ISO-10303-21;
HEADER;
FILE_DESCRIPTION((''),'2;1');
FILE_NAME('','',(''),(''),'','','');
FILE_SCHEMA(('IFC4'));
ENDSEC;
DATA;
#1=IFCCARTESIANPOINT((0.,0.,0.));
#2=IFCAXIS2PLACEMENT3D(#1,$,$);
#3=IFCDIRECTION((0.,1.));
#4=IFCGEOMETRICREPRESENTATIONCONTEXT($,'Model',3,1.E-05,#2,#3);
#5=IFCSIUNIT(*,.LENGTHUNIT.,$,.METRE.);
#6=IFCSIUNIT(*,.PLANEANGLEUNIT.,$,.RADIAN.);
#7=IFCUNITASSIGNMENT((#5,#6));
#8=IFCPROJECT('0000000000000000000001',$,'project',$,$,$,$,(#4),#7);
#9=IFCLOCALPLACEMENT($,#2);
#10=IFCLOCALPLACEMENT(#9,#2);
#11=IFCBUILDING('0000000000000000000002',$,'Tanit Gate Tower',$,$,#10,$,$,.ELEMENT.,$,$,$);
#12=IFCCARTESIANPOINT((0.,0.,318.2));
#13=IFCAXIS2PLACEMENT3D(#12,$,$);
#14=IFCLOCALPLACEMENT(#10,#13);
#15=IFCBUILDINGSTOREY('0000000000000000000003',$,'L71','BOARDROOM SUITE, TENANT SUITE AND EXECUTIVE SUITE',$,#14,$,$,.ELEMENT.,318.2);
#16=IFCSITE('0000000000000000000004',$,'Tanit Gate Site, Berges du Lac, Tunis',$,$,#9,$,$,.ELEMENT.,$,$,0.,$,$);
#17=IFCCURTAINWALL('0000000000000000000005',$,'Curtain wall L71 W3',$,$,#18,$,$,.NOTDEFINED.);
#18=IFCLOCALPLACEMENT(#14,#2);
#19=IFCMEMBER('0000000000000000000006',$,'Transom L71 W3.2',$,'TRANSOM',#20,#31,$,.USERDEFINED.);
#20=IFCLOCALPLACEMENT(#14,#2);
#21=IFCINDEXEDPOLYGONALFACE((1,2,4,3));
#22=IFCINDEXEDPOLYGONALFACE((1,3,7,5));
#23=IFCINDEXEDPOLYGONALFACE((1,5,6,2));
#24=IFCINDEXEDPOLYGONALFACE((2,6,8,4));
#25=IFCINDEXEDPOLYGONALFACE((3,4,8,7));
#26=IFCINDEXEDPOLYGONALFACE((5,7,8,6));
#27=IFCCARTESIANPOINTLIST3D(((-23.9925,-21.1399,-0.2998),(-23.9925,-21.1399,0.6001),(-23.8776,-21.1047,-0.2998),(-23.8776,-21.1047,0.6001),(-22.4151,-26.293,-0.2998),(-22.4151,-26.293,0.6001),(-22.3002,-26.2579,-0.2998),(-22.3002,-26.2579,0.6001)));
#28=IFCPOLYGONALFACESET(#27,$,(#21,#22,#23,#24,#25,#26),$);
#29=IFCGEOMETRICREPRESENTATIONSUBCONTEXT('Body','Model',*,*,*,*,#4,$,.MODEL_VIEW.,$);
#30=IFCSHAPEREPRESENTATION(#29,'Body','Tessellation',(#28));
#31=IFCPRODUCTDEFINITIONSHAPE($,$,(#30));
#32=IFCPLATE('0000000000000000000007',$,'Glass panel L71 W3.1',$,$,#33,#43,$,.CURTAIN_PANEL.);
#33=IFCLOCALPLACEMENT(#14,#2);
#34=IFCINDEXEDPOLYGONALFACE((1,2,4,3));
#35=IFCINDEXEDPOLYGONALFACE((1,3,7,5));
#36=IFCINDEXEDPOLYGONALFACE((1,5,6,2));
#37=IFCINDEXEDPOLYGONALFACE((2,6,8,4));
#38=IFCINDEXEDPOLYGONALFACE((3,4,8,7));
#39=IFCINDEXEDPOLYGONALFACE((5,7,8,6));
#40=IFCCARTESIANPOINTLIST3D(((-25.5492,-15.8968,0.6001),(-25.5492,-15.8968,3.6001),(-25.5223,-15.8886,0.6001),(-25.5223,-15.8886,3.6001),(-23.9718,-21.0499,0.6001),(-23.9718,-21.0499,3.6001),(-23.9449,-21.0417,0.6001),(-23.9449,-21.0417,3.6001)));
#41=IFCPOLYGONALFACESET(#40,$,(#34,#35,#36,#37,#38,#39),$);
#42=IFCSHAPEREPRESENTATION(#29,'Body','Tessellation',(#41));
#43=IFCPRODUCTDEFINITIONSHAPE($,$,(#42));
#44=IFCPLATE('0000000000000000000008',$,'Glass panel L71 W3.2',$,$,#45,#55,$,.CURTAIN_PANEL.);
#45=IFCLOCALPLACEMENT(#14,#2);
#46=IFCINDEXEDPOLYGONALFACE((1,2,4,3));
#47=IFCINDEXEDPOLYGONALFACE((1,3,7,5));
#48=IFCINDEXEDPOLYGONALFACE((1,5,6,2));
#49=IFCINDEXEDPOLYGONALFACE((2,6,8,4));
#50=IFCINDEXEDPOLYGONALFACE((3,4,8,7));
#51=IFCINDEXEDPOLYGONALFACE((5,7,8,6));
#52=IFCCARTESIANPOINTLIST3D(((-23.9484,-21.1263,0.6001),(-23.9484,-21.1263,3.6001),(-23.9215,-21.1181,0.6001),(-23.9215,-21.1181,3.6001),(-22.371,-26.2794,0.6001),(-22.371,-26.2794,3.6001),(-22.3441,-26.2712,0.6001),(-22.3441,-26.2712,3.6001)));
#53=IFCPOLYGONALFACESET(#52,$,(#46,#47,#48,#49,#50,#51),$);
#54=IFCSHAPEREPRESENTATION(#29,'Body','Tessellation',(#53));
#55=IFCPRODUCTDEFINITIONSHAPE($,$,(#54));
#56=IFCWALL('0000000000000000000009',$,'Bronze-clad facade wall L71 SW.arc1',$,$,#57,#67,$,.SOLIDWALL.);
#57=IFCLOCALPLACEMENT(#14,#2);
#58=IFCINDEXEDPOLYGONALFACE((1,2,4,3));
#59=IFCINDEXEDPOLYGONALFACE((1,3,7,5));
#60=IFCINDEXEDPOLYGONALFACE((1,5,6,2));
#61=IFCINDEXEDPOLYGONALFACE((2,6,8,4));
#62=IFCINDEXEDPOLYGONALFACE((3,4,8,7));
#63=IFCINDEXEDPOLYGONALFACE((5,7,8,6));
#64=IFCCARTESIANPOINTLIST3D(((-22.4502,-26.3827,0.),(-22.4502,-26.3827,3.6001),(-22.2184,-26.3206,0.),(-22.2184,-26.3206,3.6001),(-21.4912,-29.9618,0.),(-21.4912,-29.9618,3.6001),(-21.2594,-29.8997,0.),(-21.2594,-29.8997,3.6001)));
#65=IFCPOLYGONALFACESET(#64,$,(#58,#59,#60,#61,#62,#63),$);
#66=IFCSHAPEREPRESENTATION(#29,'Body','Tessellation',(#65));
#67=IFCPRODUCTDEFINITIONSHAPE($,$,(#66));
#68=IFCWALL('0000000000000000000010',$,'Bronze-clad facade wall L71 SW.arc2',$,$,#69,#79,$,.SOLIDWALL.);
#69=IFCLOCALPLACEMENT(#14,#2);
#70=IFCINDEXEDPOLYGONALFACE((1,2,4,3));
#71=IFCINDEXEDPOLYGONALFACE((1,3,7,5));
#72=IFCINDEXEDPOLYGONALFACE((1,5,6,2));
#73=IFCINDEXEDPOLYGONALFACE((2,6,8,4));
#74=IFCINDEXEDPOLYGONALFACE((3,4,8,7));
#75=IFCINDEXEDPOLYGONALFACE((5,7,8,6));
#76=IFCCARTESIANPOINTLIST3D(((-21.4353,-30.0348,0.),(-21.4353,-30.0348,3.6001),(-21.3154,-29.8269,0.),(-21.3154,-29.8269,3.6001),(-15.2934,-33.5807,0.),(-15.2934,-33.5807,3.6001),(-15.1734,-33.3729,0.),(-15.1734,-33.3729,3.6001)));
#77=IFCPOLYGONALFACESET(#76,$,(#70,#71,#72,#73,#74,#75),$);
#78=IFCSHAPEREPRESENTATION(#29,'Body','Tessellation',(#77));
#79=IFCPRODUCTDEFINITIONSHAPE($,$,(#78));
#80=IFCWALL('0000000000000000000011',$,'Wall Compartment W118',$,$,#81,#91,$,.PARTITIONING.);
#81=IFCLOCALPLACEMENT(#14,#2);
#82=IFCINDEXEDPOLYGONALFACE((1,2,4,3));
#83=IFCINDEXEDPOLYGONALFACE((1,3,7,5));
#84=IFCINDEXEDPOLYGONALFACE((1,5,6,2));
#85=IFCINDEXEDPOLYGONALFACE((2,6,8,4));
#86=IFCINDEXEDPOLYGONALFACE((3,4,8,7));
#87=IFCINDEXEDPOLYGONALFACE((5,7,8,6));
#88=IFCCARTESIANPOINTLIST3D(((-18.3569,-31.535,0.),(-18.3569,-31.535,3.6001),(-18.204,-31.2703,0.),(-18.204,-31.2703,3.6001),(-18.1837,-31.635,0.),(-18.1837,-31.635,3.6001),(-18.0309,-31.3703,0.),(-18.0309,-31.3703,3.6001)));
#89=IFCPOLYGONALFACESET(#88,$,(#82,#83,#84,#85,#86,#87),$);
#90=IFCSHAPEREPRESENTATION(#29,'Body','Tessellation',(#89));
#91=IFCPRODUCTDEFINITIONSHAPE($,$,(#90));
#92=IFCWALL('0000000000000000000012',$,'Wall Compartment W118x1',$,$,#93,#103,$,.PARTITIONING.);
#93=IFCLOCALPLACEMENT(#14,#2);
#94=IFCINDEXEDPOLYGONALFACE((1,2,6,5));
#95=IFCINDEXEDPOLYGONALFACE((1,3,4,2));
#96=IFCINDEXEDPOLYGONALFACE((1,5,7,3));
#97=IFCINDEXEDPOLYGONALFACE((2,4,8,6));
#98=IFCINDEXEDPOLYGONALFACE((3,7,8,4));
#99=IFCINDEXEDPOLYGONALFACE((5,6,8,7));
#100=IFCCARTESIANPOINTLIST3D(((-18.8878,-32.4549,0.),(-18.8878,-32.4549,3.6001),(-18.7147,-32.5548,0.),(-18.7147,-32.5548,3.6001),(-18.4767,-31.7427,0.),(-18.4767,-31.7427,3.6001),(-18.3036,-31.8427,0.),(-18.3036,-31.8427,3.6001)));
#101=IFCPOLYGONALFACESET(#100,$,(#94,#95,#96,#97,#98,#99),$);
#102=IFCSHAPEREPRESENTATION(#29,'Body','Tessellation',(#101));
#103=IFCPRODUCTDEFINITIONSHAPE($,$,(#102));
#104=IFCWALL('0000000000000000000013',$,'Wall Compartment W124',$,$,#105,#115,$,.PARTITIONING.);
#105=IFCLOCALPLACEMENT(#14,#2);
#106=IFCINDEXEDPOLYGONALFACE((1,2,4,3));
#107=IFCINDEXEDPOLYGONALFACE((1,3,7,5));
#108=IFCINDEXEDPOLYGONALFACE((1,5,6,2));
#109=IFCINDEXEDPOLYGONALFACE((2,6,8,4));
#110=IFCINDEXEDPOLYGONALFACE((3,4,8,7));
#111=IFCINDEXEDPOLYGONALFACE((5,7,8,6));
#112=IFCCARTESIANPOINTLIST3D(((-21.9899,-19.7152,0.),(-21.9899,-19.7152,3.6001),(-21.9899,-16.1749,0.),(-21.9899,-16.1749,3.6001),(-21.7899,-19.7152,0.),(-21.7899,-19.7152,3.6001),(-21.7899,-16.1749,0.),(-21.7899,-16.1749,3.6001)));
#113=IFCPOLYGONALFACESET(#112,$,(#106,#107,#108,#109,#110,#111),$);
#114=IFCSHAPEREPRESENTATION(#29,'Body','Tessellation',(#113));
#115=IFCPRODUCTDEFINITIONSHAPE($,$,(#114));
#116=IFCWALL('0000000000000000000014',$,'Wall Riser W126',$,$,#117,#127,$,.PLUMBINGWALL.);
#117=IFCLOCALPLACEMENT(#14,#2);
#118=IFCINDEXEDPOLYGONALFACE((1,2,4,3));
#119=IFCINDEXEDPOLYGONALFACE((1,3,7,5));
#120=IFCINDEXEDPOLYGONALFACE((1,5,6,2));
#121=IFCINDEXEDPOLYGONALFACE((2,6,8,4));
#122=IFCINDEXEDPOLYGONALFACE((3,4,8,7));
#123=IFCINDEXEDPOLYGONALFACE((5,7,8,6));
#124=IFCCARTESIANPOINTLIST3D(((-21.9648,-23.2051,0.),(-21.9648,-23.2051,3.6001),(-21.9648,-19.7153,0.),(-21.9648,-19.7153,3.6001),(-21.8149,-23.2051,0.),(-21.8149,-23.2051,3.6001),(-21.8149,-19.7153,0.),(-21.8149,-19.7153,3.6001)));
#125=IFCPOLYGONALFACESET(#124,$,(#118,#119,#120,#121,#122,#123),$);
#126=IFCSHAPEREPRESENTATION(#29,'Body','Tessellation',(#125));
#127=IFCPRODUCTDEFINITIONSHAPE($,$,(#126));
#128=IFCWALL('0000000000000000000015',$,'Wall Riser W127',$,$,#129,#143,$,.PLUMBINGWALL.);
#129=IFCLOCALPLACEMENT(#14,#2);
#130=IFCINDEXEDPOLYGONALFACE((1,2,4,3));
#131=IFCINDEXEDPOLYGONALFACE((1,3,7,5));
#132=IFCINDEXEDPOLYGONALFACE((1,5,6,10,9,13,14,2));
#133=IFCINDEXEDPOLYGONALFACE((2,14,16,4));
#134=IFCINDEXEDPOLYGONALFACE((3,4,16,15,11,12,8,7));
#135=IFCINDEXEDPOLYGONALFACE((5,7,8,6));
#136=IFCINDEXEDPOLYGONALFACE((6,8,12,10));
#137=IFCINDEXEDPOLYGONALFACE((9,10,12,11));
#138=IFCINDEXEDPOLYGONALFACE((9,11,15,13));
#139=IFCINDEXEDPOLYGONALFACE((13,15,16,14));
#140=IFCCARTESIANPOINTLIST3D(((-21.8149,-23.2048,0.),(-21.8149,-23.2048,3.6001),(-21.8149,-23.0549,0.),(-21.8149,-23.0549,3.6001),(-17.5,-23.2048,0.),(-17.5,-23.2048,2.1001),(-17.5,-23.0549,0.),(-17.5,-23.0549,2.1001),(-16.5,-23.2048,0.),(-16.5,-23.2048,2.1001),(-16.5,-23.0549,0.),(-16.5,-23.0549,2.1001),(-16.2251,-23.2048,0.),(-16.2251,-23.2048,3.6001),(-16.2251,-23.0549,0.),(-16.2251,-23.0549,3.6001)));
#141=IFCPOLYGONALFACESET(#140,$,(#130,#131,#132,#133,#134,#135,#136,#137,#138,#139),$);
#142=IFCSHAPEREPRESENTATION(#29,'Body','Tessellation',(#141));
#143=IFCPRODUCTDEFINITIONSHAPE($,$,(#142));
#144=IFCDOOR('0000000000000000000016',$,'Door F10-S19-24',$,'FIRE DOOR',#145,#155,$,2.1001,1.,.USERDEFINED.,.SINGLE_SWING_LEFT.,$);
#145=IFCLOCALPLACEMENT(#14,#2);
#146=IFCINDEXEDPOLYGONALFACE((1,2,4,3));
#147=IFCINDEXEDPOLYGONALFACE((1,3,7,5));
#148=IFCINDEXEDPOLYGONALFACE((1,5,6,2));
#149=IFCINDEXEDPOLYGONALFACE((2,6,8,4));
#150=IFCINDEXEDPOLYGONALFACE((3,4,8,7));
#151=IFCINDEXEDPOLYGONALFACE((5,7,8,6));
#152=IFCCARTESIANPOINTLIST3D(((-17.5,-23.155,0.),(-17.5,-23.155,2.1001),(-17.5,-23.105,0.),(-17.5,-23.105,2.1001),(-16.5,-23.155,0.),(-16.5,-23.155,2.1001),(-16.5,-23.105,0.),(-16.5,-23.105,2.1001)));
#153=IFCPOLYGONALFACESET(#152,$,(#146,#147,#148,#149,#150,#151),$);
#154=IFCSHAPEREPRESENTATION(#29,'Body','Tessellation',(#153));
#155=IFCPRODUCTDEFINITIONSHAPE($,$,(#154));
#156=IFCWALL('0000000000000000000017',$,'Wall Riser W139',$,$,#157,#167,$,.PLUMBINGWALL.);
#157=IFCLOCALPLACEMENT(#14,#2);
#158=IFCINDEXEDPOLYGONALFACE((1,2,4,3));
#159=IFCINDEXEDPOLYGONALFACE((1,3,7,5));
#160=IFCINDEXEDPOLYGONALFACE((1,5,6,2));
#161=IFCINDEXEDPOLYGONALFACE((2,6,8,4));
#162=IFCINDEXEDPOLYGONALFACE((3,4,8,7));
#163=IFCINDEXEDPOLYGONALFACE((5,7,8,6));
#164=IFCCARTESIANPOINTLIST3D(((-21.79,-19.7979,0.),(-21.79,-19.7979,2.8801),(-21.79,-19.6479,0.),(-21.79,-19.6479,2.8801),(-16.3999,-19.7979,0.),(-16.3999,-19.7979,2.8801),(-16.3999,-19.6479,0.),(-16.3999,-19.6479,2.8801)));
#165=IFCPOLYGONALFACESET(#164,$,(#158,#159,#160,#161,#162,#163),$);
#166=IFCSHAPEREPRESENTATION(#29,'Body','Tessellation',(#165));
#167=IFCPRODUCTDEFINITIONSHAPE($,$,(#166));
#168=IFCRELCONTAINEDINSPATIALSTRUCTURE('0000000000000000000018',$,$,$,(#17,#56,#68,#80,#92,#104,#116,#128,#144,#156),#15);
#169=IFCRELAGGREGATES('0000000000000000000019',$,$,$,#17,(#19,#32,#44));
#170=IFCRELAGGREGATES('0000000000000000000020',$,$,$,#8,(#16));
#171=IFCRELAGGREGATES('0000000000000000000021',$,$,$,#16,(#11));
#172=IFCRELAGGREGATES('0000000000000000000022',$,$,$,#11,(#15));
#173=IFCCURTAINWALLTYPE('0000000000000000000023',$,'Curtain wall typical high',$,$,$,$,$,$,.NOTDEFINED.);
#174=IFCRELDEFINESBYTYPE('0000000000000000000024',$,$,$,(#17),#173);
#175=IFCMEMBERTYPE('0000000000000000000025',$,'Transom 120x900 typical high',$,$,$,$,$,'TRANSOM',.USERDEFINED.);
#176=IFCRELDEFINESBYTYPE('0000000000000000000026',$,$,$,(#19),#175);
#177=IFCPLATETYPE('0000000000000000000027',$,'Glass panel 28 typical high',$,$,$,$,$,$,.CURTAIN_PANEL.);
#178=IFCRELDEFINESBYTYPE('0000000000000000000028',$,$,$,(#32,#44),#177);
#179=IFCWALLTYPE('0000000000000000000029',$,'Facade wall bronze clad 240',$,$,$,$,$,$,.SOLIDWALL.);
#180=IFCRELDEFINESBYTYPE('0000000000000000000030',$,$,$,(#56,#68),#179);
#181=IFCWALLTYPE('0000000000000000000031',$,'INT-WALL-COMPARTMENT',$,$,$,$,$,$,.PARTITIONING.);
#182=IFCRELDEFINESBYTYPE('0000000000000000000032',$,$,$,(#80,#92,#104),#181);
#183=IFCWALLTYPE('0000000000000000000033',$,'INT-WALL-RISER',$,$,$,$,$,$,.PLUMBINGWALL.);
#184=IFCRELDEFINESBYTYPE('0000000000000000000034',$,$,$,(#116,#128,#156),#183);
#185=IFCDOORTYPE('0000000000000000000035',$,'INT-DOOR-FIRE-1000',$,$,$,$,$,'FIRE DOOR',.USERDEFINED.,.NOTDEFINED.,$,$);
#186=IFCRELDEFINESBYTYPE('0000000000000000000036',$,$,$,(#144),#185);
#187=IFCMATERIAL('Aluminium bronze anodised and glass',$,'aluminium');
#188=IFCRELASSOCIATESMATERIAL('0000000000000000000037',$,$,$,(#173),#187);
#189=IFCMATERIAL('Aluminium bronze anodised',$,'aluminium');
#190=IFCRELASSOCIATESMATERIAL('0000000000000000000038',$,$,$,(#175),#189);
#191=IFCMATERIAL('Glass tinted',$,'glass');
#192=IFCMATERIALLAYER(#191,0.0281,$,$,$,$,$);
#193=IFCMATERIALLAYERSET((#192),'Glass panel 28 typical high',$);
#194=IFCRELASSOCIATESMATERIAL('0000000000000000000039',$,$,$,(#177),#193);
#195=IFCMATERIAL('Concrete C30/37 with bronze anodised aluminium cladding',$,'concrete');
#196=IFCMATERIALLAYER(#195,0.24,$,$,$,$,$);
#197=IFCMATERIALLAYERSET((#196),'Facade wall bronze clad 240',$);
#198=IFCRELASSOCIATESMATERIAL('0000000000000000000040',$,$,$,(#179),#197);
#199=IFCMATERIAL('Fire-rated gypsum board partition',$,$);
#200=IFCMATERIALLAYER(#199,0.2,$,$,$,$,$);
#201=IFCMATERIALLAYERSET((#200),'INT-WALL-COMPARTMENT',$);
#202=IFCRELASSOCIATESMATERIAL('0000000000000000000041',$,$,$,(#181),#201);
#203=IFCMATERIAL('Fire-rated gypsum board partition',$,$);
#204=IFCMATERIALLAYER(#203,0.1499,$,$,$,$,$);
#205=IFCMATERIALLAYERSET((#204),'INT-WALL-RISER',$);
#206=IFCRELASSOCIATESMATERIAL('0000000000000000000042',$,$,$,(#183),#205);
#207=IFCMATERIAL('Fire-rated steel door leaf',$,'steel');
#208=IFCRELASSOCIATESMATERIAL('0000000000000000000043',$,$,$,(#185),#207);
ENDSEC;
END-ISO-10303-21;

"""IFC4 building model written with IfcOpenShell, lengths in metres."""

from ifc_helpers import new_model, si_unit, direction, frame, frame_2d, origin, origin_2d, place, context, subcontext, project, spatial, rectangle, extrude, material, layer, layer_set, material_profile, profile_set, type_object, element, fill, aggregate, save


model = new_model("IFC4")

# Units and contexts
model_context = context("Model", 3, precision=1e-05, world=origin(), true_north=direction((0.0, 1.0)))
body_context = subcontext(model_context, "Body", "Model", "MODEL_VIEW")
ifc_project = project(units=[si_unit("LENGTHUNIT", "METRE"), si_unit("PLANEANGLEUNIT", "RADIAN")], contexts=[model_context])

# Site, building, storey
site_placement = place(None, origin())
site = spatial("IfcSite", under=ifc_project, at=site_placement, Name="Tanit Gate Site, Berges du Lac, Tunis", CompositionType="ELEMENT", RefElevation=0.0)
building_placement = place(site_placement, origin())
building = spatial("IfcBuilding", under=site, at=building_placement, Name="Tanit Gate Tower", CompositionType="ELEMENT")
storey_placement = place(building_placement, frame((0.0, 0.0, 318.2)))
storey = spatial("IfcBuildingStorey", under=building, at=storey_placement, Name="L71", Description="BOARDROOM SUITE, TENANT SUITE AND EXECUTIVE SUITE", CompositionType="ELEMENT", Elevation=318.2)

# Curtain wall
ifc_material_1 = material(Name="Aluminium bronze anodised and glass", Category="aluminium")
curtain_wall_type = type_object("IfcCurtainWallType", Name="Curtain wall typical high", PredefinedType="NOTDEFINED", material=ifc_material_1)
curtain_wall_placement = place(storey_placement, origin())
curtain_wall = element("IfcCurtainWall", 1, at=curtain_wall_placement, inside=storey, type_object=curtain_wall_type, Name="Curtain wall L71 W3", PredefinedType="NOTDEFINED")

# Member
ifc_material_2 = material(Name="Aluminium bronze anodised", Category="aluminium")
ifc_material_profile_1 = material_profile(ifc_material_2, rectangle(XDim=0.1201, YDim=0.8999, at=origin_2d()), Name="120x900 bronze transom")
ifc_profile_set_1 = profile_set([ifc_material_profile_1], Name="Aluminium bronze anodised")
member_type_1 = type_object("IfcMemberType", Name="Transom 120x900 typical high", ElementType="TRANSOM", PredefinedType="USERDEFINED", material=ifc_profile_set_1)
member_1_placement = place(storey_placement, frame((-23.9351, -21.1223, 0.1501), z_axis=(0.292701, -0.956204, 0.0), x_axis=(0.956204, 0.292701, 0.0)))
member_1 = element("IfcMember", 2, at=member_1_placement, type_object=member_type_1, Name="Transom L71 W3.2", ObjectType="TRANSOM", PredefinedType="USERDEFINED", context=body_context, shape_type="SweptSolid", body=[
    extrude(rectangle(XDim=0.1201, YDim=0.8999, at=origin_2d()), origin(), (0.0, 0.0, 1.0), 5.3892),
])

# Plates
ifc_material_3 = material(Name="Glass tinted", Category="glass")
ifc_layer_1 = layer(ifc_material_3, 0.0281)
ifc_layer_set_1 = layer_set([ifc_layer_1], Name="Glass panel 28 typical high")
plate_type = type_object("IfcPlateType", Name="Glass panel 28 typical high", PredefinedType="CURTAIN_PANEL", material=ifc_layer_set_1)
plate_1_placement = place(storey_placement, frame((-24.7471, -18.4692, 0.6001), z_axis=(0.0, 0.0, 1.0), x_axis=(0.292699, -0.956205, 0.0)))
plate_1 = element("IfcPlate", 3, at=plate_1_placement, type_object=plate_type, Name="Glass panel L71 W3.1", PredefinedType="CURTAIN_PANEL", context=body_context, shape_type="SweptSolid", body=[
    extrude(rectangle(XDim=5.3892, YDim=0.0281, at=origin_2d()), origin(), (0.0, 0.0, 1.0), 3.0),
])
plate_2_placement = place(storey_placement, frame((-23.1462, -23.6987, 0.6001), z_axis=(0.0, 0.0, 1.0), x_axis=(0.292699, -0.956205, 0.0)))
plate_2 = element("IfcPlate", 4, at=plate_2_placement, type_object=plate_type, Name="Glass panel L71 W3.2", PredefinedType="CURTAIN_PANEL", context=body_context, shape_type="SweptSolid", body=[
    extrude(rectangle(XDim=5.3892, YDim=0.0281, at=origin_2d()), origin(), (0.0, 0.0, 1.0), 3.0),
])
aggregate(curtain_wall, [member_1, plate_1, plate_2])

# Walls
ifc_material_4 = material(Name="Concrete C30/37 with bronze anodised aluminium cladding", Category="concrete")
ifc_layer_2 = layer(ifc_material_4, 0.24)
ifc_layer_set_2 = layer_set([ifc_layer_2], Name="Facade wall bronze clad 240")
wall_type_1 = type_object("IfcWallType", Name="Facade wall bronze clad 240", PredefinedType="SOLIDWALL", material=ifc_layer_set_2)
wall_1_placement = place(storey_placement, frame((-22.3342, -26.3518, 0.0), z_axis=(0.0, 0.0, 1.0), x_axis=(0.258811, -0.965928, 0.0)))
element("IfcWall", 5, at=wall_1_placement, inside=storey, type_object=wall_type_1, Name="Bronze-clad facade wall L71 SW.arc1", PredefinedType="SOLIDWALL", context=body_context, shape_type="SweptSolid", body=[
    extrude(rectangle(XDim=3.7053, YDim=0.24, at=frame_2d((1.8525, 0.0))), origin(), (0.0, 0.0, 1.0), 3.6001),
])
wall_2_placement = place(storey_placement, frame((-21.3752, -29.9309, 0.0), z_axis=(0.0, 0.0, 1.0), x_axis=(0.866031, -0.49999, 0.0)))
element("IfcWall", 6, at=wall_2_placement, inside=storey, type_object=wall_type_1, Name="Bronze-clad facade wall L71 SW.arc2", PredefinedType="SOLIDWALL", context=body_context, shape_type="SweptSolid", body=[
    extrude(rectangle(XDim=7.092, YDim=0.24, at=frame_2d((3.5459, 0.0))), origin(), (0.0, 0.0, 1.0), 3.6001),
])
ifc_material_5 = material(Name="Fire-rated gypsum board partition")
ifc_layer_3 = layer(ifc_material_5, 0.2)
ifc_layer_set_3 = layer_set([ifc_layer_3], Name="INT-WALL-COMPARTMENT")
wall_type_2 = type_object("IfcWallType", Name="INT-WALL-COMPARTMENT", PredefinedType="PARTITIONING", material=ifc_layer_set_3)
wall_3_placement = place(storey_placement, frame((-18.1174, -31.3203, 0.0), z_axis=(0.0, 0.0, 1.0), x_axis=(-0.500091, -0.865973, 0.0)))
element("IfcWall", 7, at=wall_3_placement, inside=storey, type_object=wall_type_2, Name="Wall Compartment W118", PredefinedType="PARTITIONING", context=body_context, shape_type="SweptSolid", body=[
    extrude(rectangle(XDim=0.3057, YDim=0.2, at=frame_2d((0.1528, 0.0))), origin(), (0.0, 0.0, 1.0), 3.6001),
])
wall_4_placement = place(storey_placement, frame((-18.3901, -31.7927, 0.0), z_axis=(0.0, 0.0, 1.0), x_axis=(-0.499971, -0.866042, 0.0)))
element("IfcWall", 8, at=wall_4_placement, inside=storey, type_object=wall_type_2, Name="Wall Compartment W118x1", PredefinedType="PARTITIONING", context=body_context, shape_type="SweptSolid", body=[
    extrude(rectangle(XDim=0.8223, YDim=0.2, at=frame_2d((0.4111, 0.0))), origin(), (0.0, 0.0, 1.0), 3.6001),
])
wall_5_placement = place(storey_placement, frame((-21.8899, -16.175, 0.0), z_axis=(0.0, 0.0, 1.0), x_axis=(0.0, -1.0, 0.0)))
element("IfcWall", 9, at=wall_5_placement, inside=storey, type_object=wall_type_2, Name="Wall Compartment W124", PredefinedType="PARTITIONING", context=body_context, shape_type="SweptSolid", body=[
    extrude(rectangle(XDim=3.5403, YDim=0.2, at=frame_2d((1.77, 0.0))), origin(), (0.0, 0.0, 1.0), 3.6001),
])
ifc_material_6 = material(Name="Fire-rated gypsum board partition")
ifc_layer_4 = layer(ifc_material_6, 0.1499)
ifc_layer_set_4 = layer_set([ifc_layer_4], Name="INT-WALL-RISER")
wall_type_3 = type_object("IfcWallType", Name="INT-WALL-RISER", PredefinedType="PLUMBINGWALL", material=ifc_layer_set_4)
wall_6_placement = place(storey_placement, frame((-21.8899, -19.7153, 0.0), z_axis=(0.0, 0.0, 1.0), x_axis=(0.0, -1.0, 0.0)))
element("IfcWall", 10, at=wall_6_placement, inside=storey, type_object=wall_type_3, Name="Wall Riser W126", PredefinedType="PLUMBINGWALL", context=body_context, shape_type="SweptSolid", body=[
    extrude(rectangle(XDim=3.4897, YDim=0.1499, at=frame_2d((1.7449, 0.0))), origin(), (0.0, 0.0, 1.0), 3.6001),
])

# Wall, opening, door
wall_7_placement = place(storey_placement, frame((-21.8149, -23.1299, 0.0), z_axis=(0.0, 0.0, 1.0), x_axis=(1.0, 0.0, 0.0)))
wall_7 = element("IfcWall", 11, at=wall_7_placement, inside=storey, type_object=wall_type_3, Name="Wall Riser W127", PredefinedType="PLUMBINGWALL", context=body_context, shape_type="SweptSolid", body=[
    extrude(rectangle(XDim=5.5898, YDim=0.1499, at=frame_2d((2.7949, 0.0))), origin(), (0.0, 0.0, 1.0), 3.6001),
])
opening_placement = place(wall_7_placement, frame((4.3149, 0.0, 0.0)))
opening = element("IfcOpeningElement", 12, at=opening_placement, cuts=wall_7, PredefinedType="OPENING", context=body_context, shape_type="SweptSolid", body=[
    extrude(rectangle(XDim=1.0, YDim=2.1001, at=frame_2d((0.5, 1.05))), frame((0.0, 0.085, 0.0), z_axis=(0.0, -1.0, 0.0), x_axis=(1.0, 0.0, 0.0)), (0.0, 0.0, 1.0), 0.1699),
])
ifc_material_7 = material(Name="Fire-rated steel door leaf", Category="steel")
door_type = type_object("IfcDoorType", Name="INT-DOOR-FIRE-1000", ElementType="FIRE DOOR", OperationType="NOTDEFINED", PredefinedType="USERDEFINED", material=ifc_material_7)
door_placement = place(opening_placement, origin())
door = element("IfcDoor", 13, at=door_placement, inside=storey, type_object=door_type, Name="Door F10-S19-24", ObjectType="FIRE DOOR", OperationType="SINGLE_SWING_LEFT", OverallHeight=2.1001, OverallWidth=1.0, PredefinedType="USERDEFINED", context=body_context, shape_type="SweptSolid", body=[
    extrude(rectangle(XDim=1.0, YDim=2.1001, at=frame_2d((0.5, 1.05))), frame((0.0, 0.0249, 0.0), z_axis=(0.0, -1.0, 0.0), x_axis=(1.0, 0.0, 0.0)), (0.0, 0.0, 1.0), 0.05),
])
fill(opening, door)

# Wall
wall_8_placement = place(storey_placement, frame((-21.79, -19.7229, 0.0), z_axis=(0.0, 0.0, 1.0), x_axis=(1.0, 0.0, 0.0)))
element("IfcWall", 14, at=wall_8_placement, inside=storey, type_object=wall_type_3, Name="Wall Riser W139", PredefinedType="PLUMBINGWALL", context=body_context, shape_type="SweptSolid", body=[
    extrude(rectangle(XDim=5.3901, YDim=0.1499, at=frame_2d((2.6951, 0.0))), origin(), (0.0, 0.0, 1.0), 2.8801),
])

save(model, "model.ifc")
